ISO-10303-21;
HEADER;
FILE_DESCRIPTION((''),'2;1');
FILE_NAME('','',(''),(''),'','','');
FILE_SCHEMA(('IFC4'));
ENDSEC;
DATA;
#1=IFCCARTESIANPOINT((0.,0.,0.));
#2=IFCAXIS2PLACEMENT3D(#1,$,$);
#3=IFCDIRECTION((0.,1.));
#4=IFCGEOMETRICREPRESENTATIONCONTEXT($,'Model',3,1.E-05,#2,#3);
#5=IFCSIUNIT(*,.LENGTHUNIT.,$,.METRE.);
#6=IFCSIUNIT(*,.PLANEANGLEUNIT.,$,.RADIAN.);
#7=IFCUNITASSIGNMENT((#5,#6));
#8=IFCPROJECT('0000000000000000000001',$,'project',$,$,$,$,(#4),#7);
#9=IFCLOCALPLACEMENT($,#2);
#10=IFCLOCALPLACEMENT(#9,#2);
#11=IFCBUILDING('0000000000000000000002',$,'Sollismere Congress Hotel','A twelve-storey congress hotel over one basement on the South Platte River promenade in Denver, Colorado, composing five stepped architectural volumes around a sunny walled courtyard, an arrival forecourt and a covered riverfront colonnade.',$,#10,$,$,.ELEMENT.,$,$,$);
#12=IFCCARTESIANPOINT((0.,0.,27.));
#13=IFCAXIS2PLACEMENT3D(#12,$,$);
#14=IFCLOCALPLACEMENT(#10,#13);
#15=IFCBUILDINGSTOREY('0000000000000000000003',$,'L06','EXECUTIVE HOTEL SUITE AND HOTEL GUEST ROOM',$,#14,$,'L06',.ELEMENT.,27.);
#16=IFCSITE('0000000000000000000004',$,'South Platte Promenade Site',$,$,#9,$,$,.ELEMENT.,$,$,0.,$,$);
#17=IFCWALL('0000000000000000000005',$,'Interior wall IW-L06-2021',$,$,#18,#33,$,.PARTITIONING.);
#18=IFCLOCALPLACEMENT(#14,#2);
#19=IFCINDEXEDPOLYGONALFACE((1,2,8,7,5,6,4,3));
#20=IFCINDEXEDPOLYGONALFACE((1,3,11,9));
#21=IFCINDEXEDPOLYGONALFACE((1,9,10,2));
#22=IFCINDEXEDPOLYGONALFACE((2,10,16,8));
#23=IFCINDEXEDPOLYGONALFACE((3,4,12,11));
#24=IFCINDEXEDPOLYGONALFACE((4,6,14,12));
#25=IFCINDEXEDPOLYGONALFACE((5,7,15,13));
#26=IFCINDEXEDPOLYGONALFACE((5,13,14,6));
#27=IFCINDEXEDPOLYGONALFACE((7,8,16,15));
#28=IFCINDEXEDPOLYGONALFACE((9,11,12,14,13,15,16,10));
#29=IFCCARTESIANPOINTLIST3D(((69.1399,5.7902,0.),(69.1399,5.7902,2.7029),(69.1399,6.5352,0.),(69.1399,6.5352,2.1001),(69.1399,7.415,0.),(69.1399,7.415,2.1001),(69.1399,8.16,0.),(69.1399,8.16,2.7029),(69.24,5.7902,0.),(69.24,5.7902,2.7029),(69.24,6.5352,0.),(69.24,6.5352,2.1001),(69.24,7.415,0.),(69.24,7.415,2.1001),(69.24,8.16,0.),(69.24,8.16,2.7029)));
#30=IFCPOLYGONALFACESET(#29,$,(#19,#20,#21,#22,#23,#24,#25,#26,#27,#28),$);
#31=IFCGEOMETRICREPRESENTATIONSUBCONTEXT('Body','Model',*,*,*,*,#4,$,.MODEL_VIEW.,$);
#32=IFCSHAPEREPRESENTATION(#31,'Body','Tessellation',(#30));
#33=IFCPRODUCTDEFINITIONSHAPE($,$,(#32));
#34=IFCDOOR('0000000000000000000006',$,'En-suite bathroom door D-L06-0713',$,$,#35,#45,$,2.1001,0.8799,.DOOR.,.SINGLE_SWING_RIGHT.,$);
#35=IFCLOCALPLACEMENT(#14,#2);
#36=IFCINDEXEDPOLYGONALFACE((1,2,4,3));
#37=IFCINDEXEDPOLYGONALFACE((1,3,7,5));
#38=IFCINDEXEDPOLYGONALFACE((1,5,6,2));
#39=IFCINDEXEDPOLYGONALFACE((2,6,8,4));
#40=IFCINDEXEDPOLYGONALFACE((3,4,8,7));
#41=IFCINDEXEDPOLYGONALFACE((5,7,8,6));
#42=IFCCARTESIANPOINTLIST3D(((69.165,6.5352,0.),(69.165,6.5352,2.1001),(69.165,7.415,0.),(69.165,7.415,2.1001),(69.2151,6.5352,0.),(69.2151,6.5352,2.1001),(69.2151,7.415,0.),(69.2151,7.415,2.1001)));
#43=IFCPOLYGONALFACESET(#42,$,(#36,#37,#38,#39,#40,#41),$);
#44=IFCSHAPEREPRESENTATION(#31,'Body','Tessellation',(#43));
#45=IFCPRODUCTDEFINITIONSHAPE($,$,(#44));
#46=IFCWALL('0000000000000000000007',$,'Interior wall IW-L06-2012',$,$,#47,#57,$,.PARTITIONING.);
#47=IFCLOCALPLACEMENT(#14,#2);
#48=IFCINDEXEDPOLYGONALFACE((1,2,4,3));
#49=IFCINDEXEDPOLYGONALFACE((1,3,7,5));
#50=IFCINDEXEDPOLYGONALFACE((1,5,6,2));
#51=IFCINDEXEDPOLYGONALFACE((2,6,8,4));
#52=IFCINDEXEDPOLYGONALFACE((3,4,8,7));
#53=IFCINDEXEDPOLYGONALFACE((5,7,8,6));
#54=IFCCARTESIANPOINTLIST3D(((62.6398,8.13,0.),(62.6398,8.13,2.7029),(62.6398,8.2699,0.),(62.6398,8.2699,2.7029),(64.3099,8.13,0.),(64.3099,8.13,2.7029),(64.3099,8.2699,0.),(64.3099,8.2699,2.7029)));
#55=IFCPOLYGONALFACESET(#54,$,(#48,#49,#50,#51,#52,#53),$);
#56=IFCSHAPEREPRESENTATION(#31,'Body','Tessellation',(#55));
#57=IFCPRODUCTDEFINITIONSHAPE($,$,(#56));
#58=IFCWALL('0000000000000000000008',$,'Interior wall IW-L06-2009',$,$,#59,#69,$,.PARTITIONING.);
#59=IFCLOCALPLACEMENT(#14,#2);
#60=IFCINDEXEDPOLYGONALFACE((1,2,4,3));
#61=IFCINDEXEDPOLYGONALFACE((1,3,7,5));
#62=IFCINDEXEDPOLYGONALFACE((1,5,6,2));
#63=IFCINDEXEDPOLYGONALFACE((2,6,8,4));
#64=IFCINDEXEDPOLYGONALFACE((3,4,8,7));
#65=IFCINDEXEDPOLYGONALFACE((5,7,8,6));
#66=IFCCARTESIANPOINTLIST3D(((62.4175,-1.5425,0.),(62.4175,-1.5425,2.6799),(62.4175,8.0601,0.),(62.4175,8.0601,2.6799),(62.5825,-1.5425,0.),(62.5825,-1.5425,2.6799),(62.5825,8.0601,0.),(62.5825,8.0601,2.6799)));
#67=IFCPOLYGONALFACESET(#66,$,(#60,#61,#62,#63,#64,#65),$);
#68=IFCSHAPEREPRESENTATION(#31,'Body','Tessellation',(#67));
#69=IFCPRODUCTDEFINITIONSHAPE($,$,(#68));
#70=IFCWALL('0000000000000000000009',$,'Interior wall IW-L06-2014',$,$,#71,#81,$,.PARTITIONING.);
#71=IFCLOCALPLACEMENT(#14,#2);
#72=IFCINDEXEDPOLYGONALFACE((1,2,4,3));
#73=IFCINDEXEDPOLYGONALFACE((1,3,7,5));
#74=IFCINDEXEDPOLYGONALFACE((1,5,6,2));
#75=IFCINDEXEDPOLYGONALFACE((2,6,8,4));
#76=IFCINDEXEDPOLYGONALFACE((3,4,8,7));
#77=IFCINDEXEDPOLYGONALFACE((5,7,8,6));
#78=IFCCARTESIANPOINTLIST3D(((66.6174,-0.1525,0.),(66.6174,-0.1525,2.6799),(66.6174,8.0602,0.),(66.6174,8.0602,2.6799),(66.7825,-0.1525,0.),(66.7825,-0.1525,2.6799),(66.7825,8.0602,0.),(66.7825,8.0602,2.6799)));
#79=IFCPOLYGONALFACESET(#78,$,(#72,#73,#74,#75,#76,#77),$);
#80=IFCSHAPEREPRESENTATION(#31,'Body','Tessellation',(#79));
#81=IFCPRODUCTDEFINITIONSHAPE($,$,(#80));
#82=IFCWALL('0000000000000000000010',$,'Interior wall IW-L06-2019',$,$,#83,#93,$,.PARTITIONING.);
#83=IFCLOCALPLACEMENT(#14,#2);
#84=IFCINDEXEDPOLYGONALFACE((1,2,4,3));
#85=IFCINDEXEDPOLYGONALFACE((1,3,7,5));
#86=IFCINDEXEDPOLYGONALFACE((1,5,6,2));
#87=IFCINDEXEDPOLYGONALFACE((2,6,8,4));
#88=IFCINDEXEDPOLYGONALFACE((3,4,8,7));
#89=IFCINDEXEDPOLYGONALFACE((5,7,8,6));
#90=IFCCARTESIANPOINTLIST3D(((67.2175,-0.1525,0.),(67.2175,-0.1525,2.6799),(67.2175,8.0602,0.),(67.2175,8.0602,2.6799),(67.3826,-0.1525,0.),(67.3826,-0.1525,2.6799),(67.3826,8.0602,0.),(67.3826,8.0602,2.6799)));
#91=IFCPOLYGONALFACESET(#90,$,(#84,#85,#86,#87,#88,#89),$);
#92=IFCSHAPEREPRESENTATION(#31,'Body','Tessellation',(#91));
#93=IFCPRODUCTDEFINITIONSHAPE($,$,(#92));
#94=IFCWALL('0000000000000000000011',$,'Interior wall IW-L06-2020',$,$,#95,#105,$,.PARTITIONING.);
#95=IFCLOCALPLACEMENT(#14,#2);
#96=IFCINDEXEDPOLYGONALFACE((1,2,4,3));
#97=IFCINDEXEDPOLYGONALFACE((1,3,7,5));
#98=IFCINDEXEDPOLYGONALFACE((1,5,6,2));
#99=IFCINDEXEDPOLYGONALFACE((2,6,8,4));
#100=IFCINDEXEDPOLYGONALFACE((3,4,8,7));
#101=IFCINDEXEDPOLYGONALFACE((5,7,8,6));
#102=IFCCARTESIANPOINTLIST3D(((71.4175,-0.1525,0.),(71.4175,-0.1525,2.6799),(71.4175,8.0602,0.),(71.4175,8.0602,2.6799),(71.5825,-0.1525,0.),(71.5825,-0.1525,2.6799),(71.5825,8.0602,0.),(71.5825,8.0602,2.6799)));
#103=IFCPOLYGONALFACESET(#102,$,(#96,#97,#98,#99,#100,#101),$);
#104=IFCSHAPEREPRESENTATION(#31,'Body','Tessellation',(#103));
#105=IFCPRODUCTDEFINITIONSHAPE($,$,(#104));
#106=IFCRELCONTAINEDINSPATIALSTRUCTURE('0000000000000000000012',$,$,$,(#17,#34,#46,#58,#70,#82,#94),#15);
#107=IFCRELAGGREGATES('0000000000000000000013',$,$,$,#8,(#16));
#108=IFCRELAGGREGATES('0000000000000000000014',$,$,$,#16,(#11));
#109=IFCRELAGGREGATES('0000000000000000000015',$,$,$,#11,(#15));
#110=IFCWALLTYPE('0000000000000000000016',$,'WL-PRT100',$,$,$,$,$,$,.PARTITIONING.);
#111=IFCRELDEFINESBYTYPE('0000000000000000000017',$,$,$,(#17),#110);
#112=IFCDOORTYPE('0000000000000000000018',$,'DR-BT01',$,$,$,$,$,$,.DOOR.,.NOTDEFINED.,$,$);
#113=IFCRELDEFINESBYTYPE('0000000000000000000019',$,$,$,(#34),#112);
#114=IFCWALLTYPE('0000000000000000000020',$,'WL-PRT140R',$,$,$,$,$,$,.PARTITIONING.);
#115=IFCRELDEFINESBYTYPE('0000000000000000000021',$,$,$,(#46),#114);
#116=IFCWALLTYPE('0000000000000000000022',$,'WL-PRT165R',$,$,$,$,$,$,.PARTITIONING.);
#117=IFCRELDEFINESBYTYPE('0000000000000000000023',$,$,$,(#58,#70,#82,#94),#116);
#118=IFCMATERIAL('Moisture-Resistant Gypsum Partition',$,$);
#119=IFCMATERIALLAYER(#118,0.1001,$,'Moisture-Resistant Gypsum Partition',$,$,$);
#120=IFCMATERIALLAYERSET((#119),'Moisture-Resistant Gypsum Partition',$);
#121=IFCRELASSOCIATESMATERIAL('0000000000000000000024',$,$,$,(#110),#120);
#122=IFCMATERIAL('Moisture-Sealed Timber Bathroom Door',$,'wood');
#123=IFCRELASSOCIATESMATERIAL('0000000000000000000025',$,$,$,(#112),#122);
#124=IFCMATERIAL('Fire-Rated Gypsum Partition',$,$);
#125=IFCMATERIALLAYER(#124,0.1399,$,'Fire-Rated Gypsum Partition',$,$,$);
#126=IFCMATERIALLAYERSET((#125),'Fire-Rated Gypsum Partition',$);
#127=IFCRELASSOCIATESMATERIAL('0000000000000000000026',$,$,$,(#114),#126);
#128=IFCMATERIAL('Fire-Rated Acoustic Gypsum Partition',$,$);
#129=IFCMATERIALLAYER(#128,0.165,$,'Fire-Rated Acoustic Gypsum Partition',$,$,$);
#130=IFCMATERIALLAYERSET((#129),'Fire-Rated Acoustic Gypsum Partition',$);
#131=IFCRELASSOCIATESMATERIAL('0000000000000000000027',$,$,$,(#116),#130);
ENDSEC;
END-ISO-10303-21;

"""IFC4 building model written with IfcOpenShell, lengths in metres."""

from ifc_helpers import new_model, si_unit, direction, frame, frame_2d, origin, place, context, subcontext, project, spatial, rectangle, extrude, material, layer, layer_set, type_object, element, fill, save


model = new_model("IFC4")

# Units and contexts
model_context = context("Model", 3, precision=1e-05, world=origin(), true_north=direction((0.0, 1.0)))
body_context = subcontext(model_context, "Body", "Model", "MODEL_VIEW")
ifc_project = project(units=[si_unit("LENGTHUNIT", "METRE"), si_unit("PLANEANGLEUNIT", "RADIAN")], contexts=[model_context])

# Site, building, storey
site_placement = place(None, origin())
site = spatial("IfcSite", under=ifc_project, at=site_placement, Name="South Platte Promenade Site", CompositionType="ELEMENT", RefElevation=0.0)
building_placement = place(site_placement, origin())
building = spatial("IfcBuilding", under=site, at=building_placement, Name="Sollismere Congress Hotel", Description="A twelve-storey congress hotel over one basement on the South Platte River promenade in Denver, Colorado, composing five stepped architectural volumes around a sunny walled courtyard, an arrival forecourt and a covered riverfront colonnade.", CompositionType="ELEMENT")
storey_placement = place(building_placement, frame((0.0, 0.0, 27.0)))
storey = spatial("IfcBuildingStorey", under=building, at=storey_placement, Name="L06", Description="EXECUTIVE HOTEL SUITE AND HOTEL GUEST ROOM", LongName="L06", CompositionType="ELEMENT", Elevation=27.0)

# Wall, opening, door
ifc_material_1 = material(Name="Moisture-Resistant Gypsum Partition")
ifc_layer_1 = layer(ifc_material_1, 0.1001, Name="Moisture-Resistant Gypsum Partition")
ifc_layer_set_1 = layer_set([ifc_layer_1], Name="Moisture-Resistant Gypsum Partition")
wall_type_1 = type_object("IfcWallType", Name="WL-PRT100", PredefinedType="PARTITIONING", material=ifc_layer_set_1)
ifc_material_2 = material(Name="Moisture-Sealed Timber Bathroom Door", Category="wood")
wall_1_placement = place(storey_placement, frame((69.1899, 5.79, 0.0), z_axis=(0.0, 0.0, 1.0), x_axis=(0.0, 1.0, 0.0)))
wall_1 = element("IfcWall", 1, at=wall_1_placement, inside=storey, type_object=wall_type_1, Name="Interior wall IW-L06-2021", PredefinedType="PARTITIONING", context=body_context, shape_type="SweptSolid", body=[
    extrude(rectangle(XDim=2.3699, YDim=0.1001, at=frame_2d((1.1851, 0.0))), origin(), (0.0, 0.0, 1.0), 2.7029),
])
opening_1_placement = place(wall_1_placement, frame((0.7451, 0.0, 0.0)))
opening_1 = element("IfcOpeningElement", 2, at=opening_1_placement, cuts=wall_1, PredefinedType="OPENING", context=body_context, shape_type="SweptSolid", body=[
    extrude(rectangle(XDim=0.8799, YDim=2.1001, at=frame_2d((0.4399, 1.05))), frame((0.0, 0.0601, 0.0), z_axis=(0.0, -1.0, 0.0), x_axis=(1.0, 0.0, 0.0)), (0.0, 0.0, 1.0), 0.1201),
])
door_type_1 = type_object("IfcDoorType", Name="DR-BT01", OperationType="NOTDEFINED", PredefinedType="DOOR", material=ifc_material_2)
door_1_placement = place(opening_1_placement, origin())
door_1 = element("IfcDoor", 3, at=door_1_placement, inside=storey, type_object=door_type_1, Name="En-suite bathroom door D-L06-0713", OperationType="SINGLE_SWING_RIGHT", OverallHeight=2.1001, OverallWidth=0.8799, PredefinedType="DOOR", context=body_context, shape_type="SweptSolid", body=[
    extrude(rectangle(XDim=0.8799, YDim=2.1001, at=frame_2d((0.4399, 1.05))), frame((0.0, 0.0249, 0.0), z_axis=(0.0, -1.0, 0.0), x_axis=(1.0, 0.0, 0.0)), (0.0, 0.0, 1.0), 0.05),
])
fill(opening_1, door_1)

# Walls
ifc_material_3 = material(Name="Fire-Rated Gypsum Partition")
ifc_layer_2 = layer(ifc_material_3, 0.1399, Name="Fire-Rated Gypsum Partition")
ifc_layer_set_2 = layer_set([ifc_layer_2], Name="Fire-Rated Gypsum Partition")
wall_type_2 = type_object("IfcWallType", Name="WL-PRT140R", PredefinedType="PARTITIONING", material=ifc_layer_set_2)
wall_2_placement = place(storey_placement, frame((62.6399, 8.2, 0.0), z_axis=(0.0, 0.0, 1.0), x_axis=(1.0, 0.0, 0.0)))
element("IfcWall", 4, at=wall_2_placement, inside=storey, type_object=wall_type_2, Name="Interior wall IW-L06-2012", PredefinedType="PARTITIONING", context=body_context, shape_type="SweptSolid", body=[
    extrude(rectangle(XDim=1.6702, YDim=0.1399, at=frame_2d((0.835, 0.0))), origin(), (0.0, 0.0, 1.0), 2.7029),
])
ifc_material_4 = material(Name="Fire-Rated Acoustic Gypsum Partition")
ifc_layer_3 = layer(ifc_material_4, 0.165, Name="Fire-Rated Acoustic Gypsum Partition")
ifc_layer_set_3 = layer_set([ifc_layer_3], Name="Fire-Rated Acoustic Gypsum Partition")
wall_type_3 = type_object("IfcWallType", Name="WL-PRT165R", PredefinedType="PARTITIONING", material=ifc_layer_set_3)
wall_3_placement = place(storey_placement, frame((62.5, -1.5425, 0.0), z_axis=(0.0, 0.0, 1.0), x_axis=(0.0, 1.0, 0.0)))
element("IfcWall", 5, at=wall_3_placement, inside=storey, type_object=wall_type_3, Name="Interior wall IW-L06-2009", PredefinedType="PARTITIONING", context=body_context, shape_type="SweptSolid", body=[
    extrude(rectangle(XDim=9.6025, YDim=0.165, at=frame_2d((4.8013, 0.0))), origin(), (0.0, 0.0, 1.0), 2.6799),
])
for number, where, z_axis, x_axis, name in (
    (6, (66.7, -0.1526, 0.0), (0.0, 0.0, 1.0), (0.0, 1.0, 0.0), "Interior wall IW-L06-2014"),
    (7, (67.3, -0.1526, 0.0), (0.0, 0.0, 1.0), (0.0, 1.0, 0.0), "Interior wall IW-L06-2019"),
    (8, (71.5, -0.1526, 0.0), (0.0, 0.0, 1.0), (0.0, 1.0, 0.0), "Interior wall IW-L06-2020"),
):
    element("IfcWall", number, at=place(storey_placement, frame(where, z_axis=z_axis, x_axis=x_axis)), inside=storey, type_object=wall_type_3, Name=name, PredefinedType="PARTITIONING", context=body_context, shape_type="SweptSolid", body=[
        extrude(rectangle(XDim=8.2126, YDim=0.165, at=frame_2d((4.1064, 0.0))), origin(), (0.0, 0.0, 1.0), 2.6799),
    ])

save(model, "model.ifc")
